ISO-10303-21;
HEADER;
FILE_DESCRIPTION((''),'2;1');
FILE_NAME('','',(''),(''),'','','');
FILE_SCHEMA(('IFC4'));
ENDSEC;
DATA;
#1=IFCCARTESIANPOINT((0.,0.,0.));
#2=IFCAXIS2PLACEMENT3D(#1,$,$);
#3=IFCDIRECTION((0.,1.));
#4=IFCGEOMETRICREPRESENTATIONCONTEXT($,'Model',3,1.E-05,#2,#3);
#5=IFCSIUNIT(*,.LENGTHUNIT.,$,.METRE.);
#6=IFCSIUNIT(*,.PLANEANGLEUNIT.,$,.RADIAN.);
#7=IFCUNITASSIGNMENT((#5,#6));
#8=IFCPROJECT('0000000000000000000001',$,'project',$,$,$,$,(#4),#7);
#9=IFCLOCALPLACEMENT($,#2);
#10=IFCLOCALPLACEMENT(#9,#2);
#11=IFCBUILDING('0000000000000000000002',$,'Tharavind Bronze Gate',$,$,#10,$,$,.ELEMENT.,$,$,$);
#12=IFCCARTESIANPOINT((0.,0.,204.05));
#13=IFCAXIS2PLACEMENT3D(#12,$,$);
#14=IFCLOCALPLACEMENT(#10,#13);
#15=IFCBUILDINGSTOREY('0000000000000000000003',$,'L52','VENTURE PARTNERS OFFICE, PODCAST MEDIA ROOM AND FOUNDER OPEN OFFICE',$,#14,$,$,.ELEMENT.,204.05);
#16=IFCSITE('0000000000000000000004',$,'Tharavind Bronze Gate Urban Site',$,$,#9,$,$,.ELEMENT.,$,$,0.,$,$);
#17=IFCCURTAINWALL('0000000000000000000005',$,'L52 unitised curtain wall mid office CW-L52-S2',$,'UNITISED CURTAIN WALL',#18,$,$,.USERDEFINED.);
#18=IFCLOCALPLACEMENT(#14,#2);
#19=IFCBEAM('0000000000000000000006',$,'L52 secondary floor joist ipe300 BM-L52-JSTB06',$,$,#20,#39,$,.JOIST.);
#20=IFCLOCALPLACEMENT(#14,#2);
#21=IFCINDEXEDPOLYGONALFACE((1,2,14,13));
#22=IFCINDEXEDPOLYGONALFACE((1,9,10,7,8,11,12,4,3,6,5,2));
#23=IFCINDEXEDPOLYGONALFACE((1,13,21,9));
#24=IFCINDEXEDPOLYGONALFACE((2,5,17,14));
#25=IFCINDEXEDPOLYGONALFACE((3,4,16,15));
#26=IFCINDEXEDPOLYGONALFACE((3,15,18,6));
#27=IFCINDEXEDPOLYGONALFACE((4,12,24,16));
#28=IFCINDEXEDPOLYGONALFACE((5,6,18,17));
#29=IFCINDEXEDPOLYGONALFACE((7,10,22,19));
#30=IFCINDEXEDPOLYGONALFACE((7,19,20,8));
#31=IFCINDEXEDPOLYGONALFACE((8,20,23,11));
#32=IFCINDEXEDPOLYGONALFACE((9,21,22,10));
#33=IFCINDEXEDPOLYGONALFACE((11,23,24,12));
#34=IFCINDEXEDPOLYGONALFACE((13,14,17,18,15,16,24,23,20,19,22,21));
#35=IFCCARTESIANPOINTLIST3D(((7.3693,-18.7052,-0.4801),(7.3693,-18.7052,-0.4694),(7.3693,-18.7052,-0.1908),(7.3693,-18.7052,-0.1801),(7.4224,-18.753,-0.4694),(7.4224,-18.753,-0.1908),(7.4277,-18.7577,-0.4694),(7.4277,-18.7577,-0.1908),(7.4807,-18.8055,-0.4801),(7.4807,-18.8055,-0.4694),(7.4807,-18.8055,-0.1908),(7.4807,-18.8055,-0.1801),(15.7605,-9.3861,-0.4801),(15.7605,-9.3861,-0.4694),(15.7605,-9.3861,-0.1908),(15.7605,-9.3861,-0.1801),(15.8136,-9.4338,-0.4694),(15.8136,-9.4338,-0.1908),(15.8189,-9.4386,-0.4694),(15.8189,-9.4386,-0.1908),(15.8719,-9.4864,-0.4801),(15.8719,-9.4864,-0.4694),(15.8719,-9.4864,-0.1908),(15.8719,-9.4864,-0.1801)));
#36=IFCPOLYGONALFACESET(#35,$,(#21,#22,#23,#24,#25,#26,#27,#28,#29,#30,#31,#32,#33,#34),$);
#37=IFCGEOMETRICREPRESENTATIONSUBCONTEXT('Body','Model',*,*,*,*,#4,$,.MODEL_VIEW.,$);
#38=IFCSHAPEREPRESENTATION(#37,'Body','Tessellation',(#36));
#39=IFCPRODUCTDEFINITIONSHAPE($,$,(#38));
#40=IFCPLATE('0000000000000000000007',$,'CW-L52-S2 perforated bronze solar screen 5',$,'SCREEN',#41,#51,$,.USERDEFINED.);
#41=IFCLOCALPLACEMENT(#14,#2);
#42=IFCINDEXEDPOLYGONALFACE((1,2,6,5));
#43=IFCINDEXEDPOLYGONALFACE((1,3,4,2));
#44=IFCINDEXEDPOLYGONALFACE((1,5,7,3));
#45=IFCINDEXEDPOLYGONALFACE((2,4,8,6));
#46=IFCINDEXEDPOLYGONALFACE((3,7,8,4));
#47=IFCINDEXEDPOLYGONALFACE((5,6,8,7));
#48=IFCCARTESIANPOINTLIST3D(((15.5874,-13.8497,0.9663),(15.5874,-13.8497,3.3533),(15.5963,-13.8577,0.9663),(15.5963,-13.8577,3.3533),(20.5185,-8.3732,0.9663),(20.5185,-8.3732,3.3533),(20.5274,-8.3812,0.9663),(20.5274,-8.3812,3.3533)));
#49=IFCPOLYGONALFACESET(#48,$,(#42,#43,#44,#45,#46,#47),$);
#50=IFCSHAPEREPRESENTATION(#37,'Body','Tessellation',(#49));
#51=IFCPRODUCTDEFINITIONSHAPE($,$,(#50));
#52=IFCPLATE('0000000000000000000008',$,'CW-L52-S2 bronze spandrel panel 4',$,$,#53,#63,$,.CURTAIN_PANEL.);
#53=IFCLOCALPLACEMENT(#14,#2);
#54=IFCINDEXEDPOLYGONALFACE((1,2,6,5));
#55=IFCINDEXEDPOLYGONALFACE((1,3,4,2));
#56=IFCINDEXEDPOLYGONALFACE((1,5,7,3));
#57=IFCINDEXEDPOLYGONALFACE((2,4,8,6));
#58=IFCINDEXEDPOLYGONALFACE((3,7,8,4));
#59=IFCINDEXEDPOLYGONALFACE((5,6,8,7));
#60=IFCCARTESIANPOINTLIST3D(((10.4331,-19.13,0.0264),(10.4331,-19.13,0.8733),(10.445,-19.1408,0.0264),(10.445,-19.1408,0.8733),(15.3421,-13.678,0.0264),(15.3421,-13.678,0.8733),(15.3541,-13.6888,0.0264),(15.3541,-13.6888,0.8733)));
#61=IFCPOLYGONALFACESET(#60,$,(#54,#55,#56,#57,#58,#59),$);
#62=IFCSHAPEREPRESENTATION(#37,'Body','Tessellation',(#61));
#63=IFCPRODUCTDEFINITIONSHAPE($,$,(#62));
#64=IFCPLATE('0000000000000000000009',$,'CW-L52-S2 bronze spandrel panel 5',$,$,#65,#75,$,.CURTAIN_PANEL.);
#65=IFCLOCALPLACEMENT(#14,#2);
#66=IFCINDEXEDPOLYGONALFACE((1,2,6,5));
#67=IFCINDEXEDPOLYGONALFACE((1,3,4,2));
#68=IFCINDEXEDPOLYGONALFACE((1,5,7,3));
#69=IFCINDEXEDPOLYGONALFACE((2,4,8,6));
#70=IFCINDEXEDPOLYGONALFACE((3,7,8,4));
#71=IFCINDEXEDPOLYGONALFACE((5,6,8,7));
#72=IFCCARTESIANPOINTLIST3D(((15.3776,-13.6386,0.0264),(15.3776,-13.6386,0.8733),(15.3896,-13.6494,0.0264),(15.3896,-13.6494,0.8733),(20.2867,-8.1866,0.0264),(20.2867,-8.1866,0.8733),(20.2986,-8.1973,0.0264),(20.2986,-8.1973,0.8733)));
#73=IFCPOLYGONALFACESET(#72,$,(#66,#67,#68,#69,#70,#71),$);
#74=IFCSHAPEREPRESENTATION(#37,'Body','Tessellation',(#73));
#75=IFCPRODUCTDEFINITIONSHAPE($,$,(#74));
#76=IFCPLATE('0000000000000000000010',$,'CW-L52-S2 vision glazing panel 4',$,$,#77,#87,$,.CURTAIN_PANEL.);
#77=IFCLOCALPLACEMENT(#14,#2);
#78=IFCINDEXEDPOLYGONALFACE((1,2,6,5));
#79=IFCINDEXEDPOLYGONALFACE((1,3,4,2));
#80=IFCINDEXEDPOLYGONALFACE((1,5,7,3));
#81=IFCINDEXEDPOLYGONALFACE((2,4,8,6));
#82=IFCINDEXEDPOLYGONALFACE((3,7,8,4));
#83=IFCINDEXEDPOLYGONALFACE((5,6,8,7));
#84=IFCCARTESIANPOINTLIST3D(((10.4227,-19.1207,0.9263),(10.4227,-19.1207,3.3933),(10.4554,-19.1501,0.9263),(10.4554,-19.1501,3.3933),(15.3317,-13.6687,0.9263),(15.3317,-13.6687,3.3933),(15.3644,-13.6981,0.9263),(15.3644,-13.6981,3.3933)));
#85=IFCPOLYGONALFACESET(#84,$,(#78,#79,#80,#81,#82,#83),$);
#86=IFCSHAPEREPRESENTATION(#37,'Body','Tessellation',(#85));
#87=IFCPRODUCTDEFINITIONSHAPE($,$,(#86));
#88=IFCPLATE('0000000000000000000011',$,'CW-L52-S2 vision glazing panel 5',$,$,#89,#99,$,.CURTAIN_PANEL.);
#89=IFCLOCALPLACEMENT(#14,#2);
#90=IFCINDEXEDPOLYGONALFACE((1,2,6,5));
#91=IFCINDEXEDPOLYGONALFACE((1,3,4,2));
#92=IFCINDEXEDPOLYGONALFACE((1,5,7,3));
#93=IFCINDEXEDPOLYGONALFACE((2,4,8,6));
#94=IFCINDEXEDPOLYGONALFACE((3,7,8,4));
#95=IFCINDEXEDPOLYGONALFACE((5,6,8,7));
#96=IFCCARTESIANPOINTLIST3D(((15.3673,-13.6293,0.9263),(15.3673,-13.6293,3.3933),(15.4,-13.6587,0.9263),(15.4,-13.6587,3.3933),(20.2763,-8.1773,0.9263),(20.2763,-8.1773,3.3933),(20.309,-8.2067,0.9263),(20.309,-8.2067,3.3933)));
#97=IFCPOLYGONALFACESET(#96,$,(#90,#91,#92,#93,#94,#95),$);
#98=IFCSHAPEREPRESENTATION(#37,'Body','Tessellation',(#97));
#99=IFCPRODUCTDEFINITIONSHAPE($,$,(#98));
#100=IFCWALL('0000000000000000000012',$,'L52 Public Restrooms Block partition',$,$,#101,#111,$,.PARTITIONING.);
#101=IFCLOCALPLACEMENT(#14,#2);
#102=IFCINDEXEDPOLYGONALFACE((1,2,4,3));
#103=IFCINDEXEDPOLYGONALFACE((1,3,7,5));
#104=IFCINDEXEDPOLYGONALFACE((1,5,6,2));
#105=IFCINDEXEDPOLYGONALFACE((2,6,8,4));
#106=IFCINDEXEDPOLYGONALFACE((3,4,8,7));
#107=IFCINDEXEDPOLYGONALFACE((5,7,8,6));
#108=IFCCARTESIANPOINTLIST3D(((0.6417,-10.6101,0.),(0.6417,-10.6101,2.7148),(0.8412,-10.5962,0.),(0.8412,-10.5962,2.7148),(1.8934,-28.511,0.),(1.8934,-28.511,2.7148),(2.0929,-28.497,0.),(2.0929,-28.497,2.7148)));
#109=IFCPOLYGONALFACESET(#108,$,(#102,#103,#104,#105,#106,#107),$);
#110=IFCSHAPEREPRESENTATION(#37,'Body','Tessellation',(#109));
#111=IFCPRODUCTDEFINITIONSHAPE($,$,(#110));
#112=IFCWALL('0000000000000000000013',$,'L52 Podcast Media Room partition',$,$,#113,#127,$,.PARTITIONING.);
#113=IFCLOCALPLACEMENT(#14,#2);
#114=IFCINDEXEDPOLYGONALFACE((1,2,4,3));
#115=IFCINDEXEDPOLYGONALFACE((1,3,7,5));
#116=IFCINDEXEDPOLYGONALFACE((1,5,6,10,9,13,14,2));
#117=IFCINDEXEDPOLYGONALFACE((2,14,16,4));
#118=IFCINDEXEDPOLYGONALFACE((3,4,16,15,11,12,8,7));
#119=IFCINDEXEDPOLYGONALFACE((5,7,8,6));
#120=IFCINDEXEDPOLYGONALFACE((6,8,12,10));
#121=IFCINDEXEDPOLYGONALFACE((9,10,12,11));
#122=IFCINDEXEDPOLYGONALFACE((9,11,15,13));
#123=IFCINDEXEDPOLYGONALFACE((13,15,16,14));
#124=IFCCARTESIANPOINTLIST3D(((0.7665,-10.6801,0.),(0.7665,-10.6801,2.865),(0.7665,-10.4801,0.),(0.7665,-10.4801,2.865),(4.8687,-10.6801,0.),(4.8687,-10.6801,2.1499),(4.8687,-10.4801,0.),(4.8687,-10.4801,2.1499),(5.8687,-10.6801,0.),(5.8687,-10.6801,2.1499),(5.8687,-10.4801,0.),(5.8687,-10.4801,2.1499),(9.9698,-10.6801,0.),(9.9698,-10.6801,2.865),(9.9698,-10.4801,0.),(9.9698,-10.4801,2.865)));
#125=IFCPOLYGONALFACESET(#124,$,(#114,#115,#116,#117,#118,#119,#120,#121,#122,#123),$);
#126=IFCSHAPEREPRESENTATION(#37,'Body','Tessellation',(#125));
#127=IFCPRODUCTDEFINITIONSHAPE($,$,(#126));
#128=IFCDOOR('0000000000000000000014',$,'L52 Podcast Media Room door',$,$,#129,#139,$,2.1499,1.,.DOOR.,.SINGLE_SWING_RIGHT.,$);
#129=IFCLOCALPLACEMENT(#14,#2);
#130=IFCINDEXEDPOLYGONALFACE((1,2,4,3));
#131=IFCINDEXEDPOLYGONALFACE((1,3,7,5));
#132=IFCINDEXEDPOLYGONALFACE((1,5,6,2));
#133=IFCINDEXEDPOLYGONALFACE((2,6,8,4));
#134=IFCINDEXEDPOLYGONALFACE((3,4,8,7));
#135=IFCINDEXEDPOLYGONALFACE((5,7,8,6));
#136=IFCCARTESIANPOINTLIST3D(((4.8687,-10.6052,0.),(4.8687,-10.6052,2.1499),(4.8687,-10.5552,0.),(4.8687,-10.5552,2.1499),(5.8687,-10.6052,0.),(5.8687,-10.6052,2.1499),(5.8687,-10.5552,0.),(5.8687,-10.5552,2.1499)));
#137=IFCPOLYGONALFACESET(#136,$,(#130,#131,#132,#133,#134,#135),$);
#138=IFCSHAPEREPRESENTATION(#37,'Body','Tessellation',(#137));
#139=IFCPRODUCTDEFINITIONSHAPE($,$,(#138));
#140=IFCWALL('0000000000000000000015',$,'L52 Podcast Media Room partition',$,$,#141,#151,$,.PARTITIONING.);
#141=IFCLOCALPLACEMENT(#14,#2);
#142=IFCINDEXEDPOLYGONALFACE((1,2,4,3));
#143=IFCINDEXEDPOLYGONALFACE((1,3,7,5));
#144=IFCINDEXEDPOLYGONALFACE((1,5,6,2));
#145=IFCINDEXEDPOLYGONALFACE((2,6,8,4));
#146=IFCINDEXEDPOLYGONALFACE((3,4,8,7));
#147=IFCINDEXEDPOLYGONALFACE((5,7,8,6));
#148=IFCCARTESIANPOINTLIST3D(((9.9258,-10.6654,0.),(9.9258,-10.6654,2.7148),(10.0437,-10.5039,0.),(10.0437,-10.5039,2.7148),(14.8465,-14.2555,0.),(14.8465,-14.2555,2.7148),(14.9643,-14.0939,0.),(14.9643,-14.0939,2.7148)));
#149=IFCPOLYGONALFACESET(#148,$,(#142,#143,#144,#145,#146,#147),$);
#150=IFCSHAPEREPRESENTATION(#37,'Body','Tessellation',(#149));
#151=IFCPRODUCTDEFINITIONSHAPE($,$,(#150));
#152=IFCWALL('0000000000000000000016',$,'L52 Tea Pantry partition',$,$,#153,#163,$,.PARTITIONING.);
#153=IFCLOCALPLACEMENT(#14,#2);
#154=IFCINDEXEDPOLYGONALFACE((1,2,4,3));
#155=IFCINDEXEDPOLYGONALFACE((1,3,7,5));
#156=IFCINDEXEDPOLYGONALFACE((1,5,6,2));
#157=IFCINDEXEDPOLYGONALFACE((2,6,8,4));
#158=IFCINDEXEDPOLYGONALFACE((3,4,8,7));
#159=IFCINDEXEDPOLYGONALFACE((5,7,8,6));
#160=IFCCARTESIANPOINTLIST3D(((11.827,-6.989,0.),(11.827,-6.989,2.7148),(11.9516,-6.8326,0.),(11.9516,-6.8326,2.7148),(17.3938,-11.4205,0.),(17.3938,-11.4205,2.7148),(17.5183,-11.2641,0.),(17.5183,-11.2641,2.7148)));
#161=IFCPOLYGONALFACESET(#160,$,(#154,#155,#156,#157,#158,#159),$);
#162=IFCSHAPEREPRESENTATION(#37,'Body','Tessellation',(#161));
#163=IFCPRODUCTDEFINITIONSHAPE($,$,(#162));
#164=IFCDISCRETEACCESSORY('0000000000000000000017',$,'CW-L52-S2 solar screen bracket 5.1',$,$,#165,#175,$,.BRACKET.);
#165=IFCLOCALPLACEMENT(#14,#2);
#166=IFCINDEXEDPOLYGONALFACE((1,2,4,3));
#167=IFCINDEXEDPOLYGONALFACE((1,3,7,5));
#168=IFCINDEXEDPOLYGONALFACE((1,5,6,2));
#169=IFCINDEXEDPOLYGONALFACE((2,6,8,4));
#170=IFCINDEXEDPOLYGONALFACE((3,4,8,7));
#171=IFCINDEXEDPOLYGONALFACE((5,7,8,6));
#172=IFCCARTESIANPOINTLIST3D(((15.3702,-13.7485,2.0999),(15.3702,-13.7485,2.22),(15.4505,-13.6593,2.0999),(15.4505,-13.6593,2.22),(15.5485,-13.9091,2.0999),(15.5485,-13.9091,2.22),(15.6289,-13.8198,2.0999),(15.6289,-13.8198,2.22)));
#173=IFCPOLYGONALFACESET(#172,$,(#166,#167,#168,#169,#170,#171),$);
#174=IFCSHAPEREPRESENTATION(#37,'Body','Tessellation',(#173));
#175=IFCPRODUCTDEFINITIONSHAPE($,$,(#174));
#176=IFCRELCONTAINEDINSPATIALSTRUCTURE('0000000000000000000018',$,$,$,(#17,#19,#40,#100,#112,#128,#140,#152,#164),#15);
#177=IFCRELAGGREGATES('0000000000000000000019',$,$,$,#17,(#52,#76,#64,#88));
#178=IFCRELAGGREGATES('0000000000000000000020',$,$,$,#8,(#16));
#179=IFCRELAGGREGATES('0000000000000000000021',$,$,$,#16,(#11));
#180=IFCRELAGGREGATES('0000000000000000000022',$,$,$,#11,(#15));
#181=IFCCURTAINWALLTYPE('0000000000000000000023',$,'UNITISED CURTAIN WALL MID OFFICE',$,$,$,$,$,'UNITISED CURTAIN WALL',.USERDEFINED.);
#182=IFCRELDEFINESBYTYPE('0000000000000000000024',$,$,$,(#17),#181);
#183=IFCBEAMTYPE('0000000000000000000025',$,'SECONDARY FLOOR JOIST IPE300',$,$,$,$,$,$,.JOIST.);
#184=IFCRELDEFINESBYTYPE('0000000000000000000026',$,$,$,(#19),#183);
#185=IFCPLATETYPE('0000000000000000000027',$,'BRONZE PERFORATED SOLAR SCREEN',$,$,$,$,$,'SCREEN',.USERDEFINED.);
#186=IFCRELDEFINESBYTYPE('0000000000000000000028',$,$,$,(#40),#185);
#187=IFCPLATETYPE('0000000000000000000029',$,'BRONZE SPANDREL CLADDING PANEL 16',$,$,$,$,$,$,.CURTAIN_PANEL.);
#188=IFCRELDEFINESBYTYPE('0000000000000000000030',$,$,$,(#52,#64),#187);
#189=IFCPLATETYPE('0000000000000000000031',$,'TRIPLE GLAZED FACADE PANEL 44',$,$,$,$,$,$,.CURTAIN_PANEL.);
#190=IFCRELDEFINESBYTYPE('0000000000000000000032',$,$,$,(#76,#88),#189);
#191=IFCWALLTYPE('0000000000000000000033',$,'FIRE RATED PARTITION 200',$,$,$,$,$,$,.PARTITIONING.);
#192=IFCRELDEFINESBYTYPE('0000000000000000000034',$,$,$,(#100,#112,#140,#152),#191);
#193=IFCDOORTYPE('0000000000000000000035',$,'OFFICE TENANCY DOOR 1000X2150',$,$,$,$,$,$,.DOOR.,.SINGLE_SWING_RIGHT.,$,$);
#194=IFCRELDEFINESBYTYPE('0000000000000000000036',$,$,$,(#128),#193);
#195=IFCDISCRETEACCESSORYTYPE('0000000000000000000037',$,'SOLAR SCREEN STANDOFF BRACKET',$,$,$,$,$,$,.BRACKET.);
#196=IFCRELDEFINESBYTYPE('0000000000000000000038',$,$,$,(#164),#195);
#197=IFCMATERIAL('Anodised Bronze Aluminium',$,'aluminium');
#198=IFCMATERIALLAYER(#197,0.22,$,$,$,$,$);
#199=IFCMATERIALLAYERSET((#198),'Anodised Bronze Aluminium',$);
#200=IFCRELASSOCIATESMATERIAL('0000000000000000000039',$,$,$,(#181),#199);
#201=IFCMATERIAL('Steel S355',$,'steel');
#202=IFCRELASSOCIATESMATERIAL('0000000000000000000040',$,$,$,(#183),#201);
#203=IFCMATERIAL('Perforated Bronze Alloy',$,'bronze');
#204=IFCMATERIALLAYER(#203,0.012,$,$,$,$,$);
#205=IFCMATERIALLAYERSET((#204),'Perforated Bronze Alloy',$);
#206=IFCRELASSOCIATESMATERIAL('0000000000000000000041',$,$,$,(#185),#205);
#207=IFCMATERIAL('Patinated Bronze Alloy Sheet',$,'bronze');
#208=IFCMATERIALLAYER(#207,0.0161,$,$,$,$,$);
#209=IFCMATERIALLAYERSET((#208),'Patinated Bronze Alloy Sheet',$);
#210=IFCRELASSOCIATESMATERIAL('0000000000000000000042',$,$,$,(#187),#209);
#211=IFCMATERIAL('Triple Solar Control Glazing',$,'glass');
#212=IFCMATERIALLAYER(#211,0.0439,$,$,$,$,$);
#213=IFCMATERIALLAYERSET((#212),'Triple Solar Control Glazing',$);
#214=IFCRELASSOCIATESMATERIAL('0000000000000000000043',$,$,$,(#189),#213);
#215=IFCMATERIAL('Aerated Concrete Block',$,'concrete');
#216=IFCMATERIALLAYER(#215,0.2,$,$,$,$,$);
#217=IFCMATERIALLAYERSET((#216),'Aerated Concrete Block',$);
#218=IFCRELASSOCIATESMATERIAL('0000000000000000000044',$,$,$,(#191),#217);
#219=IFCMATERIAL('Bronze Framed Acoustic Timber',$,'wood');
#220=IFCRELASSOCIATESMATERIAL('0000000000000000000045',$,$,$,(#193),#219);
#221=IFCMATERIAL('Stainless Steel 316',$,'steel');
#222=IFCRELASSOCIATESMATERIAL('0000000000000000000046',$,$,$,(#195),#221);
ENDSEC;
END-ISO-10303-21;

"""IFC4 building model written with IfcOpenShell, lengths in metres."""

from ifc_helpers import new_model, si_unit, direction, frame, frame_2d, origin, origin_2d, place, context, subcontext, project, spatial, rectangle, i_section, extrude, material, layer, layer_set, material_profile, profile_set, type_object, element, fill, aggregate, save


model = new_model("IFC4")

# Units and contexts
model_context = context("Model", 3, precision=1e-05, world=origin(), true_north=direction((0.0, 1.0)))
body_context = subcontext(model_context, "Body", "Model", "MODEL_VIEW")
ifc_project = project(units=[si_unit("LENGTHUNIT", "METRE"), si_unit("PLANEANGLEUNIT", "RADIAN")], contexts=[model_context])

# Site, building, storey
site_placement = place(None, origin())
site = spatial("IfcSite", under=ifc_project, at=site_placement, Name="Tharavind Bronze Gate Urban Site", CompositionType="ELEMENT", RefElevation=0.0)
building_placement = place(site_placement, origin())
building = spatial("IfcBuilding", under=site, at=building_placement, Name="Tharavind Bronze Gate", CompositionType="ELEMENT")
storey_placement = place(building_placement, frame((0.0, 0.0, 204.05)))
storey = spatial("IfcBuildingStorey", under=building, at=storey_placement, Name="L52", Description="VENTURE PARTNERS OFFICE, PODCAST MEDIA ROOM AND FOUNDER OPEN OFFICE", CompositionType="ELEMENT", Elevation=204.05)

# Curtain wall
ifc_material_1 = material(Name="Anodised Bronze Aluminium", Category="aluminium")
ifc_layer_1 = layer(ifc_material_1, 0.22)
ifc_layer_set_1 = layer_set([ifc_layer_1], Name="Anodised Bronze Aluminium")
curtain_wall_type = type_object("IfcCurtainWallType", Name="UNITISED CURTAIN WALL MID OFFICE", ElementType="UNITISED CURTAIN WALL", PredefinedType="USERDEFINED", material=ifc_layer_set_1)
curtain_wall_placement = place(storey_placement, origin())
curtain_wall = element("IfcCurtainWall", 1, at=curtain_wall_placement, inside=storey, type_object=curtain_wall_type, Name="L52 unitised curtain wall mid office CW-L52-S2", ObjectType="UNITISED CURTAIN WALL", PredefinedType="USERDEFINED")

# Beam
ifc_material_2 = material(Name="Steel S355", Category="steel")
ifc_material_profile_1 = material_profile(ifc_material_2, i_section(OverallWidth=0.1499, OverallDepth=0.3, WebThickness=0.0071, FlangeThickness=0.0107, at=origin_2d()), Name="IPE300")
ifc_profile_set_1 = profile_set([ifc_material_profile_1], Name="Steel S355")
beam_type_1 = type_object("IfcBeamType", Name="SECONDARY FLOOR JOIST IPE300", PredefinedType="JOIST", material=ifc_profile_set_1)
beam_1_placement = place(storey_placement, frame((7.425, -18.7554, -0.3301), z_axis=(0.669138, 0.743138, 0.0), x_axis=(-0.743138, 0.669138, 0.0)))
element("IfcBeam", 2, at=beam_1_placement, inside=storey, type_object=beam_type_1, Name="L52 secondary floor joist ipe300 BM-L52-JSTB06", PredefinedType="JOIST", context=body_context, shape_type="SweptSolid", body=[
    extrude(i_section(OverallWidth=0.1499, OverallDepth=0.3, WebThickness=0.0071, FlangeThickness=0.0107, at=origin_2d()), origin(), (0.0, 0.0, 1.0), 12.5403),
])

# Plates
ifc_material_3 = material(Name="Perforated Bronze Alloy", Category="bronze")
ifc_layer_2 = layer(ifc_material_3, 0.012)
ifc_layer_set_2 = layer_set([ifc_layer_2], Name="Perforated Bronze Alloy")
plate_type_1 = type_object("IfcPlateType", Name="BRONZE PERFORATED SOLAR SCREEN", ElementType="SCREEN", PredefinedType="USERDEFINED", material=ifc_layer_set_2)
plate_1_placement = place(storey_placement, frame((18.0574, -11.1155, 0.9663), z_axis=(0.0, 0.0, 1.0), x_axis=(0.669131, 0.743145, 0.0)))
element("IfcPlate", 3, at=plate_1_placement, inside=storey, type_object=plate_type_1, Name="CW-L52-S2 perforated bronze solar screen 5", ObjectType="SCREEN", PredefinedType="USERDEFINED", context=body_context, shape_type="SweptSolid", body=[
    extrude(rectangle(XDim=7.3694, YDim=0.012, at=origin_2d()), origin(), (0.0, 0.0, 1.0), 2.387),
])
ifc_material_4 = material(Name="Patinated Bronze Alloy Sheet", Category="bronze")
ifc_layer_3 = layer(ifc_material_4, 0.0161)
ifc_layer_set_3 = layer_set([ifc_layer_3], Name="Patinated Bronze Alloy Sheet")
plate_type_2 = type_object("IfcPlateType", Name="BRONZE SPANDREL CLADDING PANEL 16", PredefinedType="CURTAIN_PANEL", material=ifc_layer_set_3)
plate_2_placement = place(storey_placement, frame((12.8936, -16.4094, 0.0264), z_axis=(0.0, 0.0, 1.0), x_axis=(0.669131, 0.743145, 0.0)))
plate_2 = element("IfcPlate", 4, at=plate_2_placement, type_object=plate_type_2, Name="CW-L52-S2 bronze spandrel panel 4", PredefinedType="CURTAIN_PANEL", context=body_context, shape_type="SweptSolid", body=[
    extrude(rectangle(XDim=7.3364, YDim=0.0161, at=origin_2d()), origin(), (0.0, 0.0, 1.0), 0.8469),
])
plate_3_placement = place(storey_placement, frame((17.8381, -10.918, 0.0264), z_axis=(0.0, 0.0, 1.0), x_axis=(0.669131, 0.743145, 0.0)))
plate_3 = element("IfcPlate", 5, at=plate_3_placement, type_object=plate_type_2, Name="CW-L52-S2 bronze spandrel panel 5", PredefinedType="CURTAIN_PANEL", context=body_context, shape_type="SweptSolid", body=[
    extrude(rectangle(XDim=7.3364, YDim=0.0161, at=origin_2d()), origin(), (0.0, 0.0, 1.0), 0.8469),
])
ifc_material_5 = material(Name="Triple Solar Control Glazing", Category="glass")
ifc_layer_4 = layer(ifc_material_5, 0.0439)
ifc_layer_set_4 = layer_set([ifc_layer_4], Name="Triple Solar Control Glazing")
plate_type_3 = type_object("IfcPlateType", Name="TRIPLE GLAZED FACADE PANEL 44", PredefinedType="CURTAIN_PANEL", material=ifc_layer_set_4)
plate_4_placement = place(storey_placement, frame((12.8936, -16.4094, 0.9263), z_axis=(0.0, 0.0, 1.0), x_axis=(0.669131, 0.743145, 0.0)))
plate_4 = element("IfcPlate", 6, at=plate_4_placement, type_object=plate_type_3, Name="CW-L52-S2 vision glazing panel 4", PredefinedType="CURTAIN_PANEL", context=body_context, shape_type="SweptSolid", body=[
    extrude(rectangle(XDim=7.3364, YDim=0.0439, at=origin_2d()), origin(), (0.0, 0.0, 1.0), 2.467),
])
plate_5_placement = place(storey_placement, frame((17.8381, -10.918, 0.9263), z_axis=(0.0, 0.0, 1.0), x_axis=(0.669131, 0.743145, 0.0)))
plate_5 = element("IfcPlate", 7, at=plate_5_placement, type_object=plate_type_3, Name="CW-L52-S2 vision glazing panel 5", PredefinedType="CURTAIN_PANEL", context=body_context, shape_type="SweptSolid", body=[
    extrude(rectangle(XDim=7.3364, YDim=0.0439, at=origin_2d()), origin(), (0.0, 0.0, 1.0), 2.467),
])
aggregate(curtain_wall, [plate_2, plate_4, plate_3, plate_5])

# Wall
ifc_material_6 = material(Name="Aerated Concrete Block", Category="concrete")
ifc_layer_5 = layer(ifc_material_6, 0.2)
ifc_layer_set_5 = layer_set([ifc_layer_5], Name="Aerated Concrete Block")
wall_type = type_object("IfcWallType", Name="FIRE RATED PARTITION 200", PredefinedType="PARTITIONING", material=ifc_layer_set_5)
wall_1_placement = place(storey_placement, frame((0.7415, -10.6033, 0.0), z_axis=(0.0, 0.0, 1.0), x_axis=(0.069754, -0.997564, 0.0)))
element("IfcWall", 8, at=wall_1_placement, inside=storey, type_object=wall_type, Name="L52 Public Restrooms Block partition", PredefinedType="PARTITIONING", context=body_context, shape_type="SweptSolid", body=[
    extrude(rectangle(XDim=17.9446, YDim=0.2, at=frame_2d((8.9722, 0.0))), origin(), (0.0, 0.0, 1.0), 2.7148),
])

# Wall, opening, door
wall_2_placement = place(storey_placement, frame((0.7666, -10.5801, 0.0), z_axis=(0.0, 0.0, 1.0), x_axis=(1.0, 0.0, 0.0)))
wall_2 = element("IfcWall", 9, at=wall_2_placement, inside=storey, type_object=wall_type, Name="L52 Podcast Media Room partition", PredefinedType="PARTITIONING", context=body_context, shape_type="SweptSolid", body=[
    extrude(rectangle(XDim=9.2034, YDim=0.2, at=frame_2d((4.6016, 0.0))), origin(), (0.0, 0.0, 1.0), 2.865),
])
opening_placement = place(wall_2_placement, frame((4.1021, 0.0, 0.0)))
opening = element("IfcOpeningElement", 10, at=opening_placement, cuts=wall_2, PredefinedType="OPENING", context=body_context, shape_type="SweptSolid", body=[
    extrude(rectangle(XDim=1.0, YDim=2.1499, at=frame_2d((0.5, 1.075))), frame((0.0, 0.1101, 0.0), z_axis=(0.0, -1.0, 0.0), x_axis=(1.0, 0.0, 0.0)), (0.0, 0.0, 1.0), 0.22),
])
ifc_material_7 = material(Name="Bronze Framed Acoustic Timber", Category="wood")
door_type = type_object("IfcDoorType", Name="OFFICE TENANCY DOOR 1000X2150", OperationType="SINGLE_SWING_RIGHT", PredefinedType="DOOR", material=ifc_material_7)
door_placement = place(opening_placement, origin())
door = element("IfcDoor", 11, at=door_placement, inside=storey, type_object=door_type, Name="L52 Podcast Media Room door", OperationType="SINGLE_SWING_RIGHT", OverallHeight=2.1499, OverallWidth=1.0, PredefinedType="DOOR", context=body_context, shape_type="SweptSolid", body=[
    extrude(rectangle(XDim=1.0, YDim=2.1499, at=frame_2d((0.5, 1.075))), frame((0.0, 0.0249, 0.0), z_axis=(0.0, -1.0, 0.0), x_axis=(1.0, 0.0, 0.0)), (0.0, 0.0, 1.0), 0.05),
])
fill(opening, door)

# Walls
wall_3_placement = place(storey_placement, frame((9.9849, -10.5847, 0.0), z_axis=(0.0, 0.0, 1.0), x_axis=(0.807843, -0.589398, 0.0)))
element("IfcWall", 12, at=wall_3_placement, inside=storey, type_object=wall_type, Name="L52 Podcast Media Room partition", PredefinedType="PARTITIONING", context=body_context, shape_type="SweptSolid", body=[
    extrude(rectangle(XDim=6.0911, YDim=0.2, at=frame_2d((3.0454, 0.0))), origin(), (0.0, 0.0, 1.0), 2.7148),
])
wall_4_placement = place(storey_placement, frame((17.4561, -11.3423, 0.0), z_axis=(0.0, 0.0, 1.0), x_axis=(-0.78237, 0.622814, 0.0)))
element("IfcWall", 13, at=wall_4_placement, inside=storey, type_object=wall_type, Name="L52 Tea Pantry partition", PredefinedType="PARTITIONING", context=body_context, shape_type="SweptSolid", body=[
    extrude(rectangle(XDim=7.1152, YDim=0.2, at=frame_2d((3.5576, 0.0))), origin(), (0.0, 0.0, 1.0), 2.7148),
])

# Discrete accessory
ifc_material_8 = material(Name="Stainless Steel 316", Category="steel")
discrete_accessory_type = type_object("IfcDiscreteAccessoryType", Name="SOLAR SCREEN STANDOFF BRACKET", PredefinedType="BRACKET", material=ifc_material_8)
discrete_accessory_placement = place(storey_placement, frame((15.4995, -13.7842, 2.0999), z_axis=(0.0, 0.0, 1.0), x_axis=(0.669131, 0.743145, 0.0)))
element("IfcDiscreteAccessory", 14, at=discrete_accessory_placement, inside=storey, type_object=discrete_accessory_type, Name="CW-L52-S2 solar screen bracket 5.1", PredefinedType="BRACKET", context=body_context, shape_type="SweptSolid", body=[
    extrude(rectangle(XDim=0.1201, YDim=0.24, at=origin_2d()), origin(), (0.0, 0.0, 1.0), 0.1201),
])

save(model, "model.ifc")
